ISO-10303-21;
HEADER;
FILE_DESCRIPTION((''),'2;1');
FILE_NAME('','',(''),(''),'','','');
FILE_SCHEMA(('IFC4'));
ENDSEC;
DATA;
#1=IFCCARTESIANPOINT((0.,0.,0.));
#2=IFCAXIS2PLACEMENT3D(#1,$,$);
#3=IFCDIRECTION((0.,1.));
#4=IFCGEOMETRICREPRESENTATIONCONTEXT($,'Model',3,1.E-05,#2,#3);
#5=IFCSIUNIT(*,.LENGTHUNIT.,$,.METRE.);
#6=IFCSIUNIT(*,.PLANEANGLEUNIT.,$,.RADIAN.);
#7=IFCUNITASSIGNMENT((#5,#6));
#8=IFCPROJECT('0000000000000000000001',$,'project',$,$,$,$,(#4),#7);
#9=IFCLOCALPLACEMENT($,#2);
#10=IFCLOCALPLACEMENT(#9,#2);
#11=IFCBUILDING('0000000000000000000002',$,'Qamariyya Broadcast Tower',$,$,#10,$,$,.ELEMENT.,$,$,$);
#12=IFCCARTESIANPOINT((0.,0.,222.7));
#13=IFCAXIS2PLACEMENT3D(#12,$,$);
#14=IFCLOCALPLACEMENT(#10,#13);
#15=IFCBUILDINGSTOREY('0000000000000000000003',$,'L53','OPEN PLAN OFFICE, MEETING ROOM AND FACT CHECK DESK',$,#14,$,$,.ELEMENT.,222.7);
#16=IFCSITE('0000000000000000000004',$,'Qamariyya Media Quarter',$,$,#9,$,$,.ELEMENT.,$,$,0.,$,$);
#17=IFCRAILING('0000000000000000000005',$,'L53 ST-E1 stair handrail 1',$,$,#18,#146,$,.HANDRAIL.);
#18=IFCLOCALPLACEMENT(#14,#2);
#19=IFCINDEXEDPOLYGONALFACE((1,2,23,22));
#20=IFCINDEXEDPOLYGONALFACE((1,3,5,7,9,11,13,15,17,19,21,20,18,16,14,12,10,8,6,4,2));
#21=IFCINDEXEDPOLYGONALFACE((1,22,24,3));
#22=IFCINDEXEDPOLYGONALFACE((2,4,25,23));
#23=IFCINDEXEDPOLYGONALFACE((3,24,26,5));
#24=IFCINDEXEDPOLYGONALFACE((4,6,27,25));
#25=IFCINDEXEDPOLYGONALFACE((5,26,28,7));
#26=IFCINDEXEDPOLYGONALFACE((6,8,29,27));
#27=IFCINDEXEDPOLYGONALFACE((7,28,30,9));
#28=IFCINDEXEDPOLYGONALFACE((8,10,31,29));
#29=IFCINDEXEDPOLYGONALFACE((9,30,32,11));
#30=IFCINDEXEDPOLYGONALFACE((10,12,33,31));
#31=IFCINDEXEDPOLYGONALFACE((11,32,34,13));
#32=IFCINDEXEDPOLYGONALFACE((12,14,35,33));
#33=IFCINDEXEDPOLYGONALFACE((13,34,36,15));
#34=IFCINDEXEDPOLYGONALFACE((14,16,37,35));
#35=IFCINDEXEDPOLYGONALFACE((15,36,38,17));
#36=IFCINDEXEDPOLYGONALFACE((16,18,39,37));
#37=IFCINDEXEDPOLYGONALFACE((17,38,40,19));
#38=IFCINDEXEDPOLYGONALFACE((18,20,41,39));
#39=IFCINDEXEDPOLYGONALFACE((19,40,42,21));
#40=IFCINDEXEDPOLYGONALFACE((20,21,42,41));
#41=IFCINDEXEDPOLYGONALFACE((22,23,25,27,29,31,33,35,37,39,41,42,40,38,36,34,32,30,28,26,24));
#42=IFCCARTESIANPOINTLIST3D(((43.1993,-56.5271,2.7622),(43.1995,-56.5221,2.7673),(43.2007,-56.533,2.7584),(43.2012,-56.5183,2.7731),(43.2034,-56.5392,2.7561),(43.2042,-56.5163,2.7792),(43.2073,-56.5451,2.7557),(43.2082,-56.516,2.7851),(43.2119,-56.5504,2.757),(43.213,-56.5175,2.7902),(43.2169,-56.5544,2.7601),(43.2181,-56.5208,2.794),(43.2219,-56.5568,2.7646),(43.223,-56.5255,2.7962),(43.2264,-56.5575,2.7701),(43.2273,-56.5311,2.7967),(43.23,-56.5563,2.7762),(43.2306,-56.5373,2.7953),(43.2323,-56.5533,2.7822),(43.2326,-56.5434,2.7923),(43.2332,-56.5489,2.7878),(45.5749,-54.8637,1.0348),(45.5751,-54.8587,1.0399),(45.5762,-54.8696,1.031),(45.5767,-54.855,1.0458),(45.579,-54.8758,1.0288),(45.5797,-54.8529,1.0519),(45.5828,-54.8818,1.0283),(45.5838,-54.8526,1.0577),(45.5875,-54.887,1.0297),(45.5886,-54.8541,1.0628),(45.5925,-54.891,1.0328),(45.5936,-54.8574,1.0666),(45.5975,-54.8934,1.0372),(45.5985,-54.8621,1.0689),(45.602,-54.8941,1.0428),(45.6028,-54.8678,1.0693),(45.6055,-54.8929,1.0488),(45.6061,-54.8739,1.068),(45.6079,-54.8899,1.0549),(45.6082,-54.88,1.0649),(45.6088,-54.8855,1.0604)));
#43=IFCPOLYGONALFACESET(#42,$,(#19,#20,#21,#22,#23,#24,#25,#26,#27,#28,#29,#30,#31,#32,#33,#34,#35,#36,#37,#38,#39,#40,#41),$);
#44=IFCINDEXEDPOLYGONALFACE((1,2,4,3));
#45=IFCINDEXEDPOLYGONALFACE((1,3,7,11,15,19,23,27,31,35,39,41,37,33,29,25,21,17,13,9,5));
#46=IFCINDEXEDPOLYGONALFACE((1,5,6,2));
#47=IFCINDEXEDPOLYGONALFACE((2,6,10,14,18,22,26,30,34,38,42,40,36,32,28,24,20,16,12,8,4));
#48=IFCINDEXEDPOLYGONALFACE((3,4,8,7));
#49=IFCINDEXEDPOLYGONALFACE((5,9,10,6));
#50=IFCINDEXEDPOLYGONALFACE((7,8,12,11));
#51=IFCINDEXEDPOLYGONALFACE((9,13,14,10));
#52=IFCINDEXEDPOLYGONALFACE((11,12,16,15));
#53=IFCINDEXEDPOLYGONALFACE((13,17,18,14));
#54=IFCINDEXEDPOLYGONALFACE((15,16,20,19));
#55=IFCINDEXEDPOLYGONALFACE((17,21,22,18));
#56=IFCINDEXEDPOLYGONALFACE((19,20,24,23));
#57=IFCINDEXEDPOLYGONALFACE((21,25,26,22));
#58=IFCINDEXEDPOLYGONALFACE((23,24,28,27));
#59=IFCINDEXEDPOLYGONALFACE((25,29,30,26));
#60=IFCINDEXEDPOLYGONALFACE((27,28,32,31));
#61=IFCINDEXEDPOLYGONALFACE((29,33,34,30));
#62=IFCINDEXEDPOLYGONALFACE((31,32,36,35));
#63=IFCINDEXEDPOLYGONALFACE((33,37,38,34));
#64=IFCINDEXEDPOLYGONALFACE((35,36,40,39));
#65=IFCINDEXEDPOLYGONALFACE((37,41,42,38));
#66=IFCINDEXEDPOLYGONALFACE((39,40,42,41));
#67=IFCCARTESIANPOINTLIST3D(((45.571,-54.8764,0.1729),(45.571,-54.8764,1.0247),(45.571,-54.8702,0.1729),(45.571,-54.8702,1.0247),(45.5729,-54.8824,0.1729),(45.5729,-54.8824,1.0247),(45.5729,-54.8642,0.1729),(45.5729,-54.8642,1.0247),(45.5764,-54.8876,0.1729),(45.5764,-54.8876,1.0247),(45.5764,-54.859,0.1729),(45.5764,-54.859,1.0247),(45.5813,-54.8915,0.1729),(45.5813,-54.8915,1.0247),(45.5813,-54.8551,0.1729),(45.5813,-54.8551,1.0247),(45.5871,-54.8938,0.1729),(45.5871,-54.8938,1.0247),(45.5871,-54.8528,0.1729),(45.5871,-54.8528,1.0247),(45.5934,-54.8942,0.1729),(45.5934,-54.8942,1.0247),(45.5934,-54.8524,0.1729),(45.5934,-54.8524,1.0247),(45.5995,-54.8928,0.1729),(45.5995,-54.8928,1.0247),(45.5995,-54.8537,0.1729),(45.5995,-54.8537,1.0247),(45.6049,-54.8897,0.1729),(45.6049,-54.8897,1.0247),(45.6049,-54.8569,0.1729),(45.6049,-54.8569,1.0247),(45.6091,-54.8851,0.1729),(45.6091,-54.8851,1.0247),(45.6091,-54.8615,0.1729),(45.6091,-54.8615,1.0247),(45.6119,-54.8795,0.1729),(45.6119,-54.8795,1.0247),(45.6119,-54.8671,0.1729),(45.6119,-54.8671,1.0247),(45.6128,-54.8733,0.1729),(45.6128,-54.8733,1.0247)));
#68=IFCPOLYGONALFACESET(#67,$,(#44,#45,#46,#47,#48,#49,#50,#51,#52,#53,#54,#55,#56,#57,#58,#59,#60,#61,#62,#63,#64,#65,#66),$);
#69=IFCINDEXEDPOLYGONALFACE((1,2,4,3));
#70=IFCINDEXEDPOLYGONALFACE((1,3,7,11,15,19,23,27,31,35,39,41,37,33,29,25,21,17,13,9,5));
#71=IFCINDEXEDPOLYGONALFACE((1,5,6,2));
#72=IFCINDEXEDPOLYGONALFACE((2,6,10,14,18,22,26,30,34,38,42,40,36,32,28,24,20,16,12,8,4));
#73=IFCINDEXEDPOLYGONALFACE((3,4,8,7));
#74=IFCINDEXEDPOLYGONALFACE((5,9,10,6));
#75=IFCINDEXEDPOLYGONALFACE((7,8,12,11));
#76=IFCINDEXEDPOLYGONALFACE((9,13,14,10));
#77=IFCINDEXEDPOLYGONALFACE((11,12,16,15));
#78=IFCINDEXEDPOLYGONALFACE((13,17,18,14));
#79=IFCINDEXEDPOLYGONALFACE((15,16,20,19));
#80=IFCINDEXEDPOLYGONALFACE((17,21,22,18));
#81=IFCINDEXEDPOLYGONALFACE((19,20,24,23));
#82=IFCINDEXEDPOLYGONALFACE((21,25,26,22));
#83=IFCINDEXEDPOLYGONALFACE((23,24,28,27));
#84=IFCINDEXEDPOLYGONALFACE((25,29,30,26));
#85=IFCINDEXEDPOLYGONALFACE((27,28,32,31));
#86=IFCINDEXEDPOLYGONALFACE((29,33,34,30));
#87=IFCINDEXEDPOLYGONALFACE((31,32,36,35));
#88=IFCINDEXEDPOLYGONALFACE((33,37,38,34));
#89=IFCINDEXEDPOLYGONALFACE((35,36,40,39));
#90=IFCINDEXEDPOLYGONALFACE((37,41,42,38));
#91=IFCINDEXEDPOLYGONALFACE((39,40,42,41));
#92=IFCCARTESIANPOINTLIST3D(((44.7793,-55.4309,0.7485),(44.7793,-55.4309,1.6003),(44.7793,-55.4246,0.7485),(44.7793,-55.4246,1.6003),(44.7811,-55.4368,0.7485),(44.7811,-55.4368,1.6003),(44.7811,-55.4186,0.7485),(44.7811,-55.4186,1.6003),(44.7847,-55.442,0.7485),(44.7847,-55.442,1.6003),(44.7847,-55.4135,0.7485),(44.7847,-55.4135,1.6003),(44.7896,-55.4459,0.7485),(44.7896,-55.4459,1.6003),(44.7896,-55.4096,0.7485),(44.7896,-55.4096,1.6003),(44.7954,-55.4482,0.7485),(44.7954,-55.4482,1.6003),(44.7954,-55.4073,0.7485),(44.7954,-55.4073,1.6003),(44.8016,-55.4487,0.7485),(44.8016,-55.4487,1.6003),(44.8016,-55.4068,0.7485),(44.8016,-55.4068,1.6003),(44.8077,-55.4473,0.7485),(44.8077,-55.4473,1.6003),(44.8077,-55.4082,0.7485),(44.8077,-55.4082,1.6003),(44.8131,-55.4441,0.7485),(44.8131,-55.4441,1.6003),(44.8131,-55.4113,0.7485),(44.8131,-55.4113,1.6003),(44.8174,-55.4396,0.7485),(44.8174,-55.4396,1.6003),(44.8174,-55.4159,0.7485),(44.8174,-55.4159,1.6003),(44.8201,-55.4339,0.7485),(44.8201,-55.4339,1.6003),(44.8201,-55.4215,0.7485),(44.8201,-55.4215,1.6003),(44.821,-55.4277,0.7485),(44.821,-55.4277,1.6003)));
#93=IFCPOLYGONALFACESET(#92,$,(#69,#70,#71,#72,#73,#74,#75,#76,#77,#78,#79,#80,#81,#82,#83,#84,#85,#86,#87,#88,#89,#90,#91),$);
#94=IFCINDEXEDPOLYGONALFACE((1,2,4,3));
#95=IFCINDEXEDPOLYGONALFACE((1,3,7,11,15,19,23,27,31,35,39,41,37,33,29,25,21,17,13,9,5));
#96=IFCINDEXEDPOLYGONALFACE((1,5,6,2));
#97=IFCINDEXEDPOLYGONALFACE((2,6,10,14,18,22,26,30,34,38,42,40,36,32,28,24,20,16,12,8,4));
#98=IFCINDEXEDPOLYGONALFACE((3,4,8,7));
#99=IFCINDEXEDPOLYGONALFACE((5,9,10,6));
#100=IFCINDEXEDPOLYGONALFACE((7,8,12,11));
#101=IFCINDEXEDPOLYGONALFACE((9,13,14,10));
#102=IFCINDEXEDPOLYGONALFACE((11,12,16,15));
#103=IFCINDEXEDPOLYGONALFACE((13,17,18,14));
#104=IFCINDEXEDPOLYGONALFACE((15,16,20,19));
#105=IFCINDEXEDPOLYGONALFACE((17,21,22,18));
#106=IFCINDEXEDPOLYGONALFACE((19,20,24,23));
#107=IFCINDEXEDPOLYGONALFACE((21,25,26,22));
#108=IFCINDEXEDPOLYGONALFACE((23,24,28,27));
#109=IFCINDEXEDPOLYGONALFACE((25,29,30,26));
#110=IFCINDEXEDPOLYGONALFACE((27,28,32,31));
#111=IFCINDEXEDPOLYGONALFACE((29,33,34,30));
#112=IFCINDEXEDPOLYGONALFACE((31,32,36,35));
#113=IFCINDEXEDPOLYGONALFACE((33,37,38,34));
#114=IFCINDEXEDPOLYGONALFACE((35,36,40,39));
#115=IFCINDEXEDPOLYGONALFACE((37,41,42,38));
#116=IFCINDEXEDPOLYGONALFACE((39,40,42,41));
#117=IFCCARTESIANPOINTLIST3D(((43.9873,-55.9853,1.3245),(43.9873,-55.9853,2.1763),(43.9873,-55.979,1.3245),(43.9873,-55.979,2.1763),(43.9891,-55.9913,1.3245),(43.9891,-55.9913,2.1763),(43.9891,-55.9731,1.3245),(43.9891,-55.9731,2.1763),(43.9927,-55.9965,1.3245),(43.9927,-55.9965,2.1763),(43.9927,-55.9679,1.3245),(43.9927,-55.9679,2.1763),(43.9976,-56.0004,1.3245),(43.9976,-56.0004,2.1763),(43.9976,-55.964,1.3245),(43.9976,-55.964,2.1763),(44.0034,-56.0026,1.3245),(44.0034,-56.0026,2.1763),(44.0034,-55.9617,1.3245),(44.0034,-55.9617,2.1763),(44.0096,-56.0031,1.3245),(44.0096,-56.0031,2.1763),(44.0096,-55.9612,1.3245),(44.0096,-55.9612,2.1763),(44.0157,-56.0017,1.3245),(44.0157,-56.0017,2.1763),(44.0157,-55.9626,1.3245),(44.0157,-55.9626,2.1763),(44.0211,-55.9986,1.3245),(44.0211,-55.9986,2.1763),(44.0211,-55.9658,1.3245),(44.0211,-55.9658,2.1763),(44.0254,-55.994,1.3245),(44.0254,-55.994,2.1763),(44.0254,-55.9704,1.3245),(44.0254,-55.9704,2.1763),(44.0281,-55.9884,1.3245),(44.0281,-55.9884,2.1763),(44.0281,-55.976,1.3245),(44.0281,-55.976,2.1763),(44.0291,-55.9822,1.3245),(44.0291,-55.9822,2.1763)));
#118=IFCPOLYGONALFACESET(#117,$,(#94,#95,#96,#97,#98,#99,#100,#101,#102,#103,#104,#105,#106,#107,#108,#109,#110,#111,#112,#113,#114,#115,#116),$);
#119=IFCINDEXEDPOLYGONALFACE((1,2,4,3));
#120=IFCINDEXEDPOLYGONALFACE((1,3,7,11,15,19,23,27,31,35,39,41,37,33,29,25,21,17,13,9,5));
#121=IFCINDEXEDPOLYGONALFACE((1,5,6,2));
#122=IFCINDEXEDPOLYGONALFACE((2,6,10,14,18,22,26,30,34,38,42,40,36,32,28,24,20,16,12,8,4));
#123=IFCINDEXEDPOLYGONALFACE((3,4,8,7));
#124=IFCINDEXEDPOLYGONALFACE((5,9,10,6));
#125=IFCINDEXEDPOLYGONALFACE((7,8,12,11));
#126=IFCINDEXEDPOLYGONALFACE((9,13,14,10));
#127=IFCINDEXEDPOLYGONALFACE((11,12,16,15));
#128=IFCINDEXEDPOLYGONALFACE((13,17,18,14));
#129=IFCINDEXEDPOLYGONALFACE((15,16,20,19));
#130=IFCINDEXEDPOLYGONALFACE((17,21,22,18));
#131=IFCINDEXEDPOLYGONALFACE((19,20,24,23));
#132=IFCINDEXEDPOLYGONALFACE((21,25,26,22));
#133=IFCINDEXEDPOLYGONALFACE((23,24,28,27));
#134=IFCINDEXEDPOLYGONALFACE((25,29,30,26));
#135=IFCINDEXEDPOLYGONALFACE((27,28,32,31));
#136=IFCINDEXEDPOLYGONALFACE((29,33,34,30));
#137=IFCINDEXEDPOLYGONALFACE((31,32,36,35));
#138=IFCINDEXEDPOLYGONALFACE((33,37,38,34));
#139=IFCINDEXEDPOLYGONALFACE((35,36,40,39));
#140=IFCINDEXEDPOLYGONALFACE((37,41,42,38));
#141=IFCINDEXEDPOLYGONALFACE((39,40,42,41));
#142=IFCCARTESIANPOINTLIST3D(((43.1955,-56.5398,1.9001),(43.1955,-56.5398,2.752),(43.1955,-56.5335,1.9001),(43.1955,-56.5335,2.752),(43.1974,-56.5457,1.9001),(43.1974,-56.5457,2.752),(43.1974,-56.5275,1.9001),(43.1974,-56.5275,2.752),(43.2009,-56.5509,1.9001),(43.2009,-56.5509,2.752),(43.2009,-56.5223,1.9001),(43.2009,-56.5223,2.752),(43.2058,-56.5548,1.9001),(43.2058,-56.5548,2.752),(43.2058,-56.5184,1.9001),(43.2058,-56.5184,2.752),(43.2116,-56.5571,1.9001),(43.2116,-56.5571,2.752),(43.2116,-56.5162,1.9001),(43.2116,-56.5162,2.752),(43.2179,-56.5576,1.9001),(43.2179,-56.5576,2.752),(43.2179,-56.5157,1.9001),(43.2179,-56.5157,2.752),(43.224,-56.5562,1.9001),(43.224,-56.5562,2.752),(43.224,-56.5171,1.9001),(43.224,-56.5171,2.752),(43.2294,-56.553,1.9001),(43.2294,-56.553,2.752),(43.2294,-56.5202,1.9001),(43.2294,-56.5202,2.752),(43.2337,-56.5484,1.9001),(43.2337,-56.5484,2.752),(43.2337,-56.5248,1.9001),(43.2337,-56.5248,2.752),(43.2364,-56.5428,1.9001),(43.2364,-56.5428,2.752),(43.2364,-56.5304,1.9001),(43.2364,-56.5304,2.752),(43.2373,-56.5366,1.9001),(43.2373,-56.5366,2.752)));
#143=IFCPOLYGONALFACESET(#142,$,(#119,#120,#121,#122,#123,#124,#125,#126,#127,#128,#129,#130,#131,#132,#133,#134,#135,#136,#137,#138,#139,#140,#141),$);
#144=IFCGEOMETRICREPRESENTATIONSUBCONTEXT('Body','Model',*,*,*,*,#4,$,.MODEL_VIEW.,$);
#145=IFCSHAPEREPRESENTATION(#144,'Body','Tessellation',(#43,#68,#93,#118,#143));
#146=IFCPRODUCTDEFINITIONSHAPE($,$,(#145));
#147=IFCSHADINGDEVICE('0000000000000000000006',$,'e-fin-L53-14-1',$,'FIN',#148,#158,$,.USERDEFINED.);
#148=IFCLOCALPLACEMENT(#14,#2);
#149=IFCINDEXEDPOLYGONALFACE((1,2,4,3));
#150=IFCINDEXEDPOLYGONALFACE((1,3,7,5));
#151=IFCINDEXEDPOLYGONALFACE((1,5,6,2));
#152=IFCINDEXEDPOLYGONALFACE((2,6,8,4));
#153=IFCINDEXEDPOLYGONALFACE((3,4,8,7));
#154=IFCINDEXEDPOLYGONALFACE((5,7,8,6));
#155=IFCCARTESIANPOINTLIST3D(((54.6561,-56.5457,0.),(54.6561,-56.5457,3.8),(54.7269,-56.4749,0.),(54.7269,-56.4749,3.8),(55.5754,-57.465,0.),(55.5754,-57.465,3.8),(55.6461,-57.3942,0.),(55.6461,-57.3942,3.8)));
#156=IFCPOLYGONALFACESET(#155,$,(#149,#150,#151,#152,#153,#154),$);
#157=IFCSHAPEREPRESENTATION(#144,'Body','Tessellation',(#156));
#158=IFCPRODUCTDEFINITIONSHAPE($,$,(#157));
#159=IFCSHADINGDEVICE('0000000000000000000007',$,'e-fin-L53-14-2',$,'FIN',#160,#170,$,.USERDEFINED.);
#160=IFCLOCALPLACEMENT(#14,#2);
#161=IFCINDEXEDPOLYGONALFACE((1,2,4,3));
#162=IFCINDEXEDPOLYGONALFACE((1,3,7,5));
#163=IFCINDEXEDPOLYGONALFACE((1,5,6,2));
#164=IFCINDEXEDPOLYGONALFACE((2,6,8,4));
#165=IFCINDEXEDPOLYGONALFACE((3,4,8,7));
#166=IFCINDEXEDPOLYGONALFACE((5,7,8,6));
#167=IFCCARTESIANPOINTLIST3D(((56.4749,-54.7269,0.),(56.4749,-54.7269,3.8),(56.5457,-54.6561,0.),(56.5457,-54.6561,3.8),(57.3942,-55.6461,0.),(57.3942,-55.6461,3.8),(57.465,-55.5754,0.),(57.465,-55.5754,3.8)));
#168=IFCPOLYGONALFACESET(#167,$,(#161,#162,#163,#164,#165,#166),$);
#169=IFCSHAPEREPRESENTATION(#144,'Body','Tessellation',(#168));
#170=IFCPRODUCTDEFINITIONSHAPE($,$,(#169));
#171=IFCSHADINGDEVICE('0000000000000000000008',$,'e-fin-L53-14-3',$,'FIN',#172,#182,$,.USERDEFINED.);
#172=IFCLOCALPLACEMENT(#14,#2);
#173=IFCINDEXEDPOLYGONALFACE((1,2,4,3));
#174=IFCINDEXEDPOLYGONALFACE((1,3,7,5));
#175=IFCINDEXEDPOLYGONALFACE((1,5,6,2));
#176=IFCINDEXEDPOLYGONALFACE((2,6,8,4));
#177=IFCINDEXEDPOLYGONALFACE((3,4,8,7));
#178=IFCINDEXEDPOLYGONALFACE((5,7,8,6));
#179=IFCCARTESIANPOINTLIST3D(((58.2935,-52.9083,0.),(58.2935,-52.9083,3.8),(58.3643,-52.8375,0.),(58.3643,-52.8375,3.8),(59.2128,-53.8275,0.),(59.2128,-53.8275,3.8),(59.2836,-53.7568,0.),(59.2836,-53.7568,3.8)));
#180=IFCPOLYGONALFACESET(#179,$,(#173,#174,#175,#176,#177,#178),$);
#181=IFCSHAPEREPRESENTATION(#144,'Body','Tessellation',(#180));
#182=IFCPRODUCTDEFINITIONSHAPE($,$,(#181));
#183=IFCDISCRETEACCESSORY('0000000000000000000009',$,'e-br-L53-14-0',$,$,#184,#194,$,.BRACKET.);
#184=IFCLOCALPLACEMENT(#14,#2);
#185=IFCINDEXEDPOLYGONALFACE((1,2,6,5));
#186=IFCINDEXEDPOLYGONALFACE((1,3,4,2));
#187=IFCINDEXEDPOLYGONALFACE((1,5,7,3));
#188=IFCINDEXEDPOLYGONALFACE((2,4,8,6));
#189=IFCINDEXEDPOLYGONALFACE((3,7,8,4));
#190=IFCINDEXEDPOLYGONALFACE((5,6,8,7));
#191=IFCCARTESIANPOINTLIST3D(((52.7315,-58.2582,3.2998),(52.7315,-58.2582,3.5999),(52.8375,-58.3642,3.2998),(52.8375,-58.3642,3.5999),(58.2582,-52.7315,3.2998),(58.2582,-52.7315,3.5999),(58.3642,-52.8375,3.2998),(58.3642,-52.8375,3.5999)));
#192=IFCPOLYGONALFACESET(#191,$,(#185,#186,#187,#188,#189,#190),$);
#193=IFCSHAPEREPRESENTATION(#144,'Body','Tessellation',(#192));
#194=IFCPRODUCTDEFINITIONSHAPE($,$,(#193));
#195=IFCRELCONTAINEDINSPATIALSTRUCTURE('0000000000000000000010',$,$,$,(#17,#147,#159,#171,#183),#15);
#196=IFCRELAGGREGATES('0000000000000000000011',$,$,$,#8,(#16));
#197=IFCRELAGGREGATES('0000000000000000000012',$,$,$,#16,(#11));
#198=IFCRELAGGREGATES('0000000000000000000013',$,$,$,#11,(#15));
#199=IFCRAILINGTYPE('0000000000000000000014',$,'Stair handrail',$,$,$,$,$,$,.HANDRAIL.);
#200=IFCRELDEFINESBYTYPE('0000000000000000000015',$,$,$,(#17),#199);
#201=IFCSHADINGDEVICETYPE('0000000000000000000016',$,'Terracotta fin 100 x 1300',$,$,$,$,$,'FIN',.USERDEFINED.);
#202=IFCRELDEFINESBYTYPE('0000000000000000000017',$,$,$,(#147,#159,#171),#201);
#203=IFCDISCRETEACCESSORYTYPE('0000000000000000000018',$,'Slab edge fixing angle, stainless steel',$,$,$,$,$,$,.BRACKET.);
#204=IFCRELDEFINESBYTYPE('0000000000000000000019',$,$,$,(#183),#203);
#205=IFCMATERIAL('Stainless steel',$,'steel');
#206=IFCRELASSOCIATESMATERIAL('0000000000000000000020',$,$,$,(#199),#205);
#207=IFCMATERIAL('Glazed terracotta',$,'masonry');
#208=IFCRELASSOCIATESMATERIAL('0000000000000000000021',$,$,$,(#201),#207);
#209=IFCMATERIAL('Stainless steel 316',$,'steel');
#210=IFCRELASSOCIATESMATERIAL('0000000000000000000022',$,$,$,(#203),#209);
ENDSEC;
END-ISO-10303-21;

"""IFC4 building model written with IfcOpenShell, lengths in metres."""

from ifc_helpers import new_model, si_unit, direction, frame, origin, origin_2d, place, context, subcontext, project, spatial, rectangle, circle, extrude, material, material_profile, profile_set, type_object, element, save


model = new_model("IFC4")

# Units and contexts
model_context = context("Model", 3, precision=1e-05, world=origin(), true_north=direction((0.0, 1.0)))
body_context = subcontext(model_context, "Body", "Model", "MODEL_VIEW")
ifc_project = project(units=[si_unit("LENGTHUNIT", "METRE"), si_unit("PLANEANGLEUNIT", "RADIAN")], contexts=[model_context])

# Site, building, storey
site_placement = place(None, origin())
site = spatial("IfcSite", under=ifc_project, at=site_placement, Name="Qamariyya Media Quarter", CompositionType="ELEMENT", RefElevation=0.0)
building_placement = place(site_placement, origin())
building = spatial("IfcBuilding", under=site, at=building_placement, Name="Qamariyya Broadcast Tower", CompositionType="ELEMENT")
storey_placement = place(building_placement, frame((0.0, 0.0, 222.7)))
storey = spatial("IfcBuildingStorey", under=building, at=storey_placement, Name="L53", Description="OPEN PLAN OFFICE, MEETING ROOM AND FACT CHECK DESK", CompositionType="ELEMENT", Elevation=222.7)

# Railing
ifc_material_1 = material(Name="Stainless steel", Category="steel")
railing_type_1 = type_object("IfcRailingType", Name="Stair handrail", PredefinedType="HANDRAIL", material=ifc_material_1)
railing_1_placement = place(storey_placement, frame((45.5918, -54.8733, 0.1729)))
element("IfcRailing", 1, at=railing_1_placement, inside=storey, type_object=railing_type_1, Name="L53 ST-E1 stair handrail 1", PredefinedType="HANDRAIL", context=body_context, shape_type="SweptSolid", body=[
    extrude(circle(Radius=0.0239, at=origin_2d()), frame((0.0, 0.0, 0.876), z_axis=(-0.70377, -0.492784, 0.511734), x_axis=(0.573575, -0.819153, 0.0)), (0.0, 0.0, 1.0), 3.3755),
    extrude(circle(Radius=0.021, at=origin_2d()), origin(), (0.0, 0.0, 1.0), 0.8518),
    extrude(circle(Radius=0.021, at=origin_2d()), frame((-0.7917, -0.5544, 0.5757)), (0.0, 0.0, 1.0), 0.8518),
    extrude(circle(Radius=0.021, at=origin_2d()), frame((-1.5837, -1.1089, 1.1516)), (0.0, 0.0, 1.0), 0.8518),
    extrude(circle(Radius=0.021, at=origin_2d()), frame((-2.3755, -1.6633, 1.7273)), (0.0, 0.0, 1.0), 0.8518),
])

# Shading devices
ifc_material_2 = material(Name="Glazed terracotta", Category="masonry")
ifc_material_profile_1 = material_profile(ifc_material_2, rectangle(XDim=1.3, YDim=0.1001, at=origin_2d()))
ifc_profile_set_1 = profile_set([ifc_material_profile_1], Name="Glazed terracotta")
shading_device_type = type_object("IfcShadingDeviceType", Name="Terracotta fin 100 x 1300", ElementType="FIN", PredefinedType="USERDEFINED", material=ifc_profile_set_1)
for number, where, z_axis, x_axis, name in (
    (2, (55.1511, -56.97, 0.0), (0.0, 0.0, 1.0), (0.707107, -0.707107, 0.0), "e-fin-L53-14-1"),
    (3, (56.97, -55.1511, 0.0), (0.0, 0.0, 1.0), (0.707107, -0.707107, 0.0), "e-fin-L53-14-2"),
    (4, (58.7886, -53.3325, 0.0), (0.0, 0.0, 1.0), (0.707107, -0.707107, 0.0), "e-fin-L53-14-3"),
):
    element("IfcShadingDevice", number, at=place(storey_placement, frame(where, z_axis=z_axis, x_axis=x_axis)), inside=storey, type_object=shading_device_type, Name=name, ObjectType="FIN", PredefinedType="USERDEFINED", context=body_context, shape_type="SweptSolid", body=[
        extrude(rectangle(XDim=1.3, YDim=0.1001, at=origin_2d()), origin(), (0.0, 0.0, 1.0), 3.8),
    ])

# Discrete accessory
ifc_material_3 = material(Name="Stainless steel 316", Category="steel")
discrete_accessory_type = type_object("IfcDiscreteAccessoryType", Name="Slab edge fixing angle, stainless steel", PredefinedType="BRACKET", material=ifc_material_3)
discrete_accessory_placement = place(storey_placement, frame((55.5479, -55.5479, 3.2998), z_axis=(0.0, 0.0, 1.0), x_axis=(0.707107, 0.707107, 0.0)))
element("IfcDiscreteAccessory", 5, at=discrete_accessory_placement, inside=storey, type_object=discrete_accessory_type, Name="e-br-L53-14-0", PredefinedType="BRACKET", context=body_context, shape_type="SweptSolid", body=[
    extrude(rectangle(XDim=7.8159, YDim=0.1499, at=origin_2d()), origin(), (0.0, 0.0, 1.0), 0.3),
])

save(model, "model.ifc")
